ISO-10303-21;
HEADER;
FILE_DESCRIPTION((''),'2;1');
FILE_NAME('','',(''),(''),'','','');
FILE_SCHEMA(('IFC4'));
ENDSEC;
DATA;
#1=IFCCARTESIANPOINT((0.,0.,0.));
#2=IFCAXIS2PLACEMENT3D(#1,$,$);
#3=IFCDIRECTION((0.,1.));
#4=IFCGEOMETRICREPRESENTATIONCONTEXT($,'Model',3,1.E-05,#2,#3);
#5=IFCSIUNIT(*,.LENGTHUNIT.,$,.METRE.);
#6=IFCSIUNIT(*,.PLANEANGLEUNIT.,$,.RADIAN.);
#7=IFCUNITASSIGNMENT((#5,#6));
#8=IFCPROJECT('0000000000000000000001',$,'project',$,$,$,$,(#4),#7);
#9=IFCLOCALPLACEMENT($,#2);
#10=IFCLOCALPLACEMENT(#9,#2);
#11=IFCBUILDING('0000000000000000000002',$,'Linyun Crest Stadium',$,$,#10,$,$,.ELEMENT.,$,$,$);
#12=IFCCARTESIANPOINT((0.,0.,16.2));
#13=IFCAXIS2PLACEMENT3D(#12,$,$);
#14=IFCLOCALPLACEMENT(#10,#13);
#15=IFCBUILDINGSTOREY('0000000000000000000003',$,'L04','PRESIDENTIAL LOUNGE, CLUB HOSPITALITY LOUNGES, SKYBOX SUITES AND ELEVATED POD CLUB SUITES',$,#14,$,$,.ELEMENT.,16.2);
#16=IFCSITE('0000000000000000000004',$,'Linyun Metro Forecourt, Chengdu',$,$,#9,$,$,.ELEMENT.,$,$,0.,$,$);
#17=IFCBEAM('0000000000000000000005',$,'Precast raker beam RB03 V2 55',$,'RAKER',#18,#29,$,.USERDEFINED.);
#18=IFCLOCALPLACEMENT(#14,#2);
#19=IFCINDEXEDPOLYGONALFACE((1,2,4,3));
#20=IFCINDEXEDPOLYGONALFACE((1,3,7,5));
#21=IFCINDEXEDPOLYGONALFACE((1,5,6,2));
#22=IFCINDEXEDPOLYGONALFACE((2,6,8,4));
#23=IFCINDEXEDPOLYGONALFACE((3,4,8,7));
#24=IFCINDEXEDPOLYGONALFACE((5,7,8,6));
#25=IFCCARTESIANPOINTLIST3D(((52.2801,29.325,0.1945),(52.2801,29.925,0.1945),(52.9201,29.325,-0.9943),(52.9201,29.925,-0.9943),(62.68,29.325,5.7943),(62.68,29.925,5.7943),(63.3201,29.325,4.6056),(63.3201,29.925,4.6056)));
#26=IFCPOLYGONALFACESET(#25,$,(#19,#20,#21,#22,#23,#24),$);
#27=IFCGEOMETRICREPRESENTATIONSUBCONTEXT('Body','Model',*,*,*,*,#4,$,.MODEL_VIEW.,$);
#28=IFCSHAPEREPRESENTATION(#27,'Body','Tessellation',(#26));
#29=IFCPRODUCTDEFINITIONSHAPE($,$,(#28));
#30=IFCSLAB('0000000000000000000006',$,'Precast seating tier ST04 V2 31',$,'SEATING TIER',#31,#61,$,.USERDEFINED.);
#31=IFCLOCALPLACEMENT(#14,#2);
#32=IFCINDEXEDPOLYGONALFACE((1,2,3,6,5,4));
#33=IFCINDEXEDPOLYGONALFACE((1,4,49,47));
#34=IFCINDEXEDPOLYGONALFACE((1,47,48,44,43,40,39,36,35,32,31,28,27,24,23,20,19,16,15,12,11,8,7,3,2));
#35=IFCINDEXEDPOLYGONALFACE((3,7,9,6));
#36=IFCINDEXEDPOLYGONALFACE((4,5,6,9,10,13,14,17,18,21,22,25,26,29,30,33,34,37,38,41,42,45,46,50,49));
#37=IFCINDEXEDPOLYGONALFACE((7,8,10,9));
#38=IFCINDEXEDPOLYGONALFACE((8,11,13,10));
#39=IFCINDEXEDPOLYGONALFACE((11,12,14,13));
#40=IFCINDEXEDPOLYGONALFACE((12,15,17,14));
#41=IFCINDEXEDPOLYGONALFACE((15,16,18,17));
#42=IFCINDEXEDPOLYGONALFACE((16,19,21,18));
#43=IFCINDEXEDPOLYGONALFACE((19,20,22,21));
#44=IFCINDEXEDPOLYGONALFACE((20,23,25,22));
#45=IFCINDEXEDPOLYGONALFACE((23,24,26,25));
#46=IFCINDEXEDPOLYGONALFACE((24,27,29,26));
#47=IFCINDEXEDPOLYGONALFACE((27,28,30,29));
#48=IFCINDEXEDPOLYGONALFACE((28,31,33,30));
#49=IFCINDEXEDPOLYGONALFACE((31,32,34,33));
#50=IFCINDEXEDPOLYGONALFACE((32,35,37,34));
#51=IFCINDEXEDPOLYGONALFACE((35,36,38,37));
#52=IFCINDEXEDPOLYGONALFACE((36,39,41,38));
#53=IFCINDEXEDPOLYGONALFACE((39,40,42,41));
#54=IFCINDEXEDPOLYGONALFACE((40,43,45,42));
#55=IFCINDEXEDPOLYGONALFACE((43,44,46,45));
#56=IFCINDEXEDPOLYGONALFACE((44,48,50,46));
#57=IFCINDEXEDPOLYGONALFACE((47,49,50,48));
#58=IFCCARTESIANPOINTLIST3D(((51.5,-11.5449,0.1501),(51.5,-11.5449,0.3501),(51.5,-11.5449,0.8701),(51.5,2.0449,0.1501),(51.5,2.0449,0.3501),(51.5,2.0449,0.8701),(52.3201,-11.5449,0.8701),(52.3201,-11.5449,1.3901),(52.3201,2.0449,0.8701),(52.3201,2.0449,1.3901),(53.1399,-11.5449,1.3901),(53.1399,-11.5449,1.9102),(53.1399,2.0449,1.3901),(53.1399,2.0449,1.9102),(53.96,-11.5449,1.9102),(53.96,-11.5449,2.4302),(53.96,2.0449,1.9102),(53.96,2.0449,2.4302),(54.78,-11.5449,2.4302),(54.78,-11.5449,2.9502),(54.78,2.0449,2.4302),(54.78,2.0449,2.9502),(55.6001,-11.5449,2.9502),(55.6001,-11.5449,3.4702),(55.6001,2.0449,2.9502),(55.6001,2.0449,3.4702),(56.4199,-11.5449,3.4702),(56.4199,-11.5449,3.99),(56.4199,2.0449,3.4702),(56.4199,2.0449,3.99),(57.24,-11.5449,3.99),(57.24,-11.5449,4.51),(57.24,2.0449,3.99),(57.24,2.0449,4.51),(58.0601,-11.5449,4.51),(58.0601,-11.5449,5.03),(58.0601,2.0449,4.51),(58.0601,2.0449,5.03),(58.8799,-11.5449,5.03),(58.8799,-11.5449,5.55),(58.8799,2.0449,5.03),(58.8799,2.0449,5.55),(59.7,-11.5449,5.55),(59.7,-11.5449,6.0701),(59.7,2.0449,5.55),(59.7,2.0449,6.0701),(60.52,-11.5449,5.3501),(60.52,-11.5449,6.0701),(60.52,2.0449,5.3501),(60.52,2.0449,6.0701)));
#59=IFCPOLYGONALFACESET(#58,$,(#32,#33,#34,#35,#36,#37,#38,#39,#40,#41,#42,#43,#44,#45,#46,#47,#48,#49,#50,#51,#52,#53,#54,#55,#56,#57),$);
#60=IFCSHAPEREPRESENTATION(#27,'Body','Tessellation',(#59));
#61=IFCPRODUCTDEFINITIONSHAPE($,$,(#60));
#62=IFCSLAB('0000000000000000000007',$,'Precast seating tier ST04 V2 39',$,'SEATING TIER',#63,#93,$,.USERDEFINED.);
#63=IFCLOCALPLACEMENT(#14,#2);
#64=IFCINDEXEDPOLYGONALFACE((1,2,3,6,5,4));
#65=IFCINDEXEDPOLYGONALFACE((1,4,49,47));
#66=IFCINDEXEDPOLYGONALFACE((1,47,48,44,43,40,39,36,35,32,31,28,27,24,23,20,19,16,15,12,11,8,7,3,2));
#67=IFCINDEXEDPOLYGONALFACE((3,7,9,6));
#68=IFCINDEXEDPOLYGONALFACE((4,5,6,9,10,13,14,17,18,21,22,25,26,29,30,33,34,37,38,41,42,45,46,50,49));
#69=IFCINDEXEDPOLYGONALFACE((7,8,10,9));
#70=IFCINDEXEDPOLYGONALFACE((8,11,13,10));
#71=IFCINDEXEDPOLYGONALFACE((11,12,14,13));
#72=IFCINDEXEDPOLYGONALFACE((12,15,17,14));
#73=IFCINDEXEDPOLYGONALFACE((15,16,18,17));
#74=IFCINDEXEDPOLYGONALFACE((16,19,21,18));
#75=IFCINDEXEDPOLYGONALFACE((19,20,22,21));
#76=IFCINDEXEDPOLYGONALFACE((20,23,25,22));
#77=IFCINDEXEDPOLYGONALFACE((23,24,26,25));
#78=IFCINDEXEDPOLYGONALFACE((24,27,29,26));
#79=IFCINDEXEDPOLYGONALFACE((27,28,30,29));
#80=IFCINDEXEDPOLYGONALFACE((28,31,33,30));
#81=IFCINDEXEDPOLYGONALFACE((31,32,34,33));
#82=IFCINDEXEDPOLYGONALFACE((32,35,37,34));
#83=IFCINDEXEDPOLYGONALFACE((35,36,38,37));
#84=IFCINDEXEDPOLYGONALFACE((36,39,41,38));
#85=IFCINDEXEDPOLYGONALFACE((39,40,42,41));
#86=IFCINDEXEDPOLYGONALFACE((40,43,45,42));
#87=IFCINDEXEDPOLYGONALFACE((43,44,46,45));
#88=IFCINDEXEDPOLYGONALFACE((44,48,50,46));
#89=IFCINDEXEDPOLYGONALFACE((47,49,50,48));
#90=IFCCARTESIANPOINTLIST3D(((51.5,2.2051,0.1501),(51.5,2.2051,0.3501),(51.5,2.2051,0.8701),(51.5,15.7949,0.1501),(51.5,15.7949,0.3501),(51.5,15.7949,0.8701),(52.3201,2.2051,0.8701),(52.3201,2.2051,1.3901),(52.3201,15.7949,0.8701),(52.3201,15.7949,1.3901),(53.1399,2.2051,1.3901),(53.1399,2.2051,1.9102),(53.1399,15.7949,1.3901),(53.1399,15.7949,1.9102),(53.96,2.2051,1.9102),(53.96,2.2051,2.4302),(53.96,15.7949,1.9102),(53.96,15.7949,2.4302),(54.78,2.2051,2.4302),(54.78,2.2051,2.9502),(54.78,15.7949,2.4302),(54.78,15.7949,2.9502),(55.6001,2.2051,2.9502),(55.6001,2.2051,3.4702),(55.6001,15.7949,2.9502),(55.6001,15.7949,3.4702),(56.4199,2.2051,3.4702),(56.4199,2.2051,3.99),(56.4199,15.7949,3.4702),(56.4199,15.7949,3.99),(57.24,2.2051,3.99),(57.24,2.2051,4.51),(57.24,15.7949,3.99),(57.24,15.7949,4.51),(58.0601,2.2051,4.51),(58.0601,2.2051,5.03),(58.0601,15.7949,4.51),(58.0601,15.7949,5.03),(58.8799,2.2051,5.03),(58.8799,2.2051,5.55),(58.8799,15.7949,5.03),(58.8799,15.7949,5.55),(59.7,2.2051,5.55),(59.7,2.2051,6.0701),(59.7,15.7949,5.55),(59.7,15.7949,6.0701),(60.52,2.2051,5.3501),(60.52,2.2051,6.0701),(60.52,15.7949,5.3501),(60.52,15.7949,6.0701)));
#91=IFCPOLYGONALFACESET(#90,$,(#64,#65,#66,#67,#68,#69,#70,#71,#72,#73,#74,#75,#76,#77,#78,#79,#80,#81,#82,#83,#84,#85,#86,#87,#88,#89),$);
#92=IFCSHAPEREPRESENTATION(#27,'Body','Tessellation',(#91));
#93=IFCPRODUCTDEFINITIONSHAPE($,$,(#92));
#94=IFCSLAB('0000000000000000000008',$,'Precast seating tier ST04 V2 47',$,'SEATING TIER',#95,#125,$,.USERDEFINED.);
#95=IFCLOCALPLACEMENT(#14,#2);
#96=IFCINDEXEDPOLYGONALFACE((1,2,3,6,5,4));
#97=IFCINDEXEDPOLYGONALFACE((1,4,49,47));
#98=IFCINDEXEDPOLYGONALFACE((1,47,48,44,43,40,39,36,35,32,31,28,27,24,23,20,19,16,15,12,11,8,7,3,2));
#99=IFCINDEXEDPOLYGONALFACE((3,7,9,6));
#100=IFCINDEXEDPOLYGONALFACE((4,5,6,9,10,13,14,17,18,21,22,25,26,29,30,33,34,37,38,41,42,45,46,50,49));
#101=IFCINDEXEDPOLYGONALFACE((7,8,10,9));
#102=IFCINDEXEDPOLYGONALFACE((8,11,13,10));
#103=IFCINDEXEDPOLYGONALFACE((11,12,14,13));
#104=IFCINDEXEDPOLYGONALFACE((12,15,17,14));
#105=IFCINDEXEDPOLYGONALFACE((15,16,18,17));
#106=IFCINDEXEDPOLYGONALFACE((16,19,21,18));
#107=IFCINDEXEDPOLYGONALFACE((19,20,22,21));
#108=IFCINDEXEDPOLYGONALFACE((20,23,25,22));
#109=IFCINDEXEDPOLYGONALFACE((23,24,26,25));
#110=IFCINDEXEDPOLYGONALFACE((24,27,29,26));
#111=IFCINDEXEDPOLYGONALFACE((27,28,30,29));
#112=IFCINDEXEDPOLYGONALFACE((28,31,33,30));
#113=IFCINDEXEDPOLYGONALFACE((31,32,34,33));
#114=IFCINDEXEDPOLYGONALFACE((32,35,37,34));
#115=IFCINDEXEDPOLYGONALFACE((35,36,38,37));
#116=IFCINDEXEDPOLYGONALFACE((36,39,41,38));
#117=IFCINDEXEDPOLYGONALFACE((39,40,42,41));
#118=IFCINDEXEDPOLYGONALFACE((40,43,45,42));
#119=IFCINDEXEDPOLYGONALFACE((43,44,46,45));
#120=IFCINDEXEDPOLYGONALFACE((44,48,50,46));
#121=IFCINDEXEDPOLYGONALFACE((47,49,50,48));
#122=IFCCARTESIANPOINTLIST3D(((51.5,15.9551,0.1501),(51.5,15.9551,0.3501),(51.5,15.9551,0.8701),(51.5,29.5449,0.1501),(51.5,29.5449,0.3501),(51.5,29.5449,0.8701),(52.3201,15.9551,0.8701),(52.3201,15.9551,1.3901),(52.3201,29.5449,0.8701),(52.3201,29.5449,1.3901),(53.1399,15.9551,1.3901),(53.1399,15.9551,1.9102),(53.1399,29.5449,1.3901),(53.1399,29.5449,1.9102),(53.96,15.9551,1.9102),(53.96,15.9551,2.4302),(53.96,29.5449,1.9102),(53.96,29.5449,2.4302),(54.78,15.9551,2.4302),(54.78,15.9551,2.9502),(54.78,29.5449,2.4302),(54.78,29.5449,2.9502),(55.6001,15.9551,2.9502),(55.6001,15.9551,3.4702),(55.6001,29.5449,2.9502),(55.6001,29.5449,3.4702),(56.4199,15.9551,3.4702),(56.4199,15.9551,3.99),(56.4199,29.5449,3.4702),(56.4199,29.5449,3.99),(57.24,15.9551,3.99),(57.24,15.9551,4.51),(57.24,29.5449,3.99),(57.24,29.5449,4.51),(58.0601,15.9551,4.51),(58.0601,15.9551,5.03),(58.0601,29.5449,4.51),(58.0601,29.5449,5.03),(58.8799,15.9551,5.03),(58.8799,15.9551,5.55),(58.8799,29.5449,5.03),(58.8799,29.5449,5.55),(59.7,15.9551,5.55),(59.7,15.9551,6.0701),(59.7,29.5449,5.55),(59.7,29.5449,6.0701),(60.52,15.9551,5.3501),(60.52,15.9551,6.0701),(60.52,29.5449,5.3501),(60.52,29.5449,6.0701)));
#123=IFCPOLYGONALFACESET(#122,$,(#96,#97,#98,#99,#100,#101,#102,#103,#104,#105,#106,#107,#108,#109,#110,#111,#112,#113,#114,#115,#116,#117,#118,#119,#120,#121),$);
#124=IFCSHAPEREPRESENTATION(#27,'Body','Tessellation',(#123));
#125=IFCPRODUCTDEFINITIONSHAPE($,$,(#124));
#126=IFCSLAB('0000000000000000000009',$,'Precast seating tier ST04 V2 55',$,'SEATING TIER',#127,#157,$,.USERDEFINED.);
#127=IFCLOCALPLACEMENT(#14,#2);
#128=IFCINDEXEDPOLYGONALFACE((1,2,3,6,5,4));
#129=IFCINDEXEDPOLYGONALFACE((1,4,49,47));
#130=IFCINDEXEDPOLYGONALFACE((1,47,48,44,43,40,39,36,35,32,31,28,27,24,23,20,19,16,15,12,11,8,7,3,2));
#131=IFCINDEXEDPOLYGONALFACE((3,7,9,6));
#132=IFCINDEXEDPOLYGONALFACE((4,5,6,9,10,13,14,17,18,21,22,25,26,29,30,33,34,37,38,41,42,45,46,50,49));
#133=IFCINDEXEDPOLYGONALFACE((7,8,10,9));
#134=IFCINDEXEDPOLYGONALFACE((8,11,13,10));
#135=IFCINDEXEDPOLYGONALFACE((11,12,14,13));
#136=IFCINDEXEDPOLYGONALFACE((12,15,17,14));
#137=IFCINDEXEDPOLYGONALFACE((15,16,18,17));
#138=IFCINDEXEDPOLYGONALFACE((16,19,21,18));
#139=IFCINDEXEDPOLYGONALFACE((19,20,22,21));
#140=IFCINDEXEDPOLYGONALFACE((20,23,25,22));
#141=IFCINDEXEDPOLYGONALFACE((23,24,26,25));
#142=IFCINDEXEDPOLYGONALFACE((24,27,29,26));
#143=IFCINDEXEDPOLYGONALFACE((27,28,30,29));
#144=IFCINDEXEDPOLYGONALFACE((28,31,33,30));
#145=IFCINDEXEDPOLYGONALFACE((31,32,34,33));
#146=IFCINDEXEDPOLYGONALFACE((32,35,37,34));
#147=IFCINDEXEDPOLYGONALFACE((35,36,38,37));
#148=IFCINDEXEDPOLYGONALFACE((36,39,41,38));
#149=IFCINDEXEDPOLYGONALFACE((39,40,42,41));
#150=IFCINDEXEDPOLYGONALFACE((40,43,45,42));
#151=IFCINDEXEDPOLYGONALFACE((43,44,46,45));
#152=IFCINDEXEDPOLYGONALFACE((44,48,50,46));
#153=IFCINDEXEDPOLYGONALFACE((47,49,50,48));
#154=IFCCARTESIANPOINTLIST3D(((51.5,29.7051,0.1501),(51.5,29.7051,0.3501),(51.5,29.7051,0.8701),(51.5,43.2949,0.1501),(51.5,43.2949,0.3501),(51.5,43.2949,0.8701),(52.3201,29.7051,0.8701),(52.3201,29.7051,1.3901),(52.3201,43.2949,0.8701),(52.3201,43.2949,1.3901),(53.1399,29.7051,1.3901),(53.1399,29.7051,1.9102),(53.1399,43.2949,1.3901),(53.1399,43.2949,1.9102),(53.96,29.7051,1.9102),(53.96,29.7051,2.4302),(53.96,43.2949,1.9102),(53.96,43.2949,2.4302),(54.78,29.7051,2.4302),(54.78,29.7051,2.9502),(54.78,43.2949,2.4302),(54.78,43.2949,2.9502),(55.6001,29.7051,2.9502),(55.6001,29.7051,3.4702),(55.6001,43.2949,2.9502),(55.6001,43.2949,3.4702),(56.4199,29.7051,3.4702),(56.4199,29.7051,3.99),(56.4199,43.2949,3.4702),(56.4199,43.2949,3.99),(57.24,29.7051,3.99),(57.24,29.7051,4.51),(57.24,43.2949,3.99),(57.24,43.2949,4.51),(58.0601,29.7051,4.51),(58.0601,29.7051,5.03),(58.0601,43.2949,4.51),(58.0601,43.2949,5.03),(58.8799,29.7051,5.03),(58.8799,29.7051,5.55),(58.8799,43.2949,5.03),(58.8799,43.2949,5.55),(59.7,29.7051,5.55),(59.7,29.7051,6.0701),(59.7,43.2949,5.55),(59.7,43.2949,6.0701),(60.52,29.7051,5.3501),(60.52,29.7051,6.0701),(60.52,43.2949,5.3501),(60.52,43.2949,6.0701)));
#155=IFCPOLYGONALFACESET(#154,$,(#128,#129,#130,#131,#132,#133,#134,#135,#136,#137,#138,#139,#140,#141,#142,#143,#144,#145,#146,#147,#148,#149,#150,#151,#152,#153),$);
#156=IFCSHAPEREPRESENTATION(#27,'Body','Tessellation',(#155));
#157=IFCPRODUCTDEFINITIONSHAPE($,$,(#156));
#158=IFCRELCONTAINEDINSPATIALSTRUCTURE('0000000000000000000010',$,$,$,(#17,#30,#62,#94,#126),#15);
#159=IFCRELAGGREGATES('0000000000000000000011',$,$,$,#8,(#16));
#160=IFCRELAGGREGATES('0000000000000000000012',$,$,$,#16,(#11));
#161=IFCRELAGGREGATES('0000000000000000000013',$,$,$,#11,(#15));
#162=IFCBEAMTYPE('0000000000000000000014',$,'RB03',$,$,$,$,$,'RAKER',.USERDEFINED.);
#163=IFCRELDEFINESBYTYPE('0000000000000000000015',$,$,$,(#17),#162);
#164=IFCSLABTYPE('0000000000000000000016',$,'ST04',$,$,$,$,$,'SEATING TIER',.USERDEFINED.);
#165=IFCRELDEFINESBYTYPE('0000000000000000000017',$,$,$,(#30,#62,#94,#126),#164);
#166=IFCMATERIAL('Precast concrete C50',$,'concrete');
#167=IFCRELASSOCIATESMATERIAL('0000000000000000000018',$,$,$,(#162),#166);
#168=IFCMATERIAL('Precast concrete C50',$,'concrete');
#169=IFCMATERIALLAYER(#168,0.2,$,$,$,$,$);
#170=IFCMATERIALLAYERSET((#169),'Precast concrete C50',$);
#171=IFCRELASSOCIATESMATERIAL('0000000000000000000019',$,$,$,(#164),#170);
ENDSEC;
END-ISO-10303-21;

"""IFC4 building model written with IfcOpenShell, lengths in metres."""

from ifc_helpers import new_model, si_unit, direction, frame, origin, origin_2d, place, context, subcontext, project, spatial, polyline, rectangle, outline, extrude, material, layer, layer_set, material_profile, profile_set, type_object, element, save


model = new_model("IFC4")

# Units and contexts
model_context = context("Model", 3, precision=1e-05, world=origin(), true_north=direction((0.0, 1.0)))
body_context = subcontext(model_context, "Body", "Model", "MODEL_VIEW")
ifc_project = project(units=[si_unit("LENGTHUNIT", "METRE"), si_unit("PLANEANGLEUNIT", "RADIAN")], contexts=[model_context])

# Site, building, storey
site_placement = place(None, origin())
site = spatial("IfcSite", under=ifc_project, at=site_placement, Name="Linyun Metro Forecourt, Chengdu", CompositionType="ELEMENT", RefElevation=0.0)
building_placement = place(site_placement, origin())
building = spatial("IfcBuilding", under=site, at=building_placement, Name="Linyun Crest Stadium", CompositionType="ELEMENT")
storey_placement = place(building_placement, frame((0.0, 0.0, 16.2)))
storey = spatial("IfcBuildingStorey", under=building, at=storey_placement, Name="L04", Description="PRESIDENTIAL LOUNGE, CLUB HOSPITALITY LOUNGES, SKYBOX SUITES AND ELEVATED POD CLUB SUITES", CompositionType="ELEMENT", Elevation=16.2)

# Beam
ifc_material_1 = material(Name="Precast concrete C50", Category="concrete")
ifc_material_profile_1 = material_profile(ifc_material_1, rectangle(XDim=0.6001, YDim=1.3501, at=origin_2d()), Name="PCR 1350x600")
ifc_profile_set_1 = profile_set([ifc_material_profile_1], Name="Precast concrete C50")
beam_type_1 = type_object("IfcBeamType", Name="RB03", ElementType="RAKER", PredefinedType="USERDEFINED", material=ifc_profile_set_1)
for number, where, z_axis, x_axis, name in (
    (1, (52.6001, 29.625, -0.3999), (0.880474, 0.0, 0.474094), (0.0, 1.0, 0.0), "Precast raker beam RB03 V2 55"),
):
    element("IfcBeam", number, at=place(storey_placement, frame(where, z_axis=z_axis, x_axis=x_axis)), inside=storey, type_object=beam_type_1, Name=name, ObjectType="RAKER", PredefinedType="USERDEFINED", context=body_context, shape_type="SweptSolid", body=[
        extrude(rectangle(XDim=0.6001, YDim=1.3501, at=origin_2d()), origin(), (0.0, 0.0, 1.0), 11.8118),
    ])

# Slabs
ifc_material_2 = material(Name="Precast concrete C50", Category="concrete")
ifc_layer_1 = layer(ifc_material_2, 0.2)
ifc_layer_set_1 = layer_set([ifc_layer_1], Name="Precast concrete C50")
slab_type = type_object("IfcSlabType", Name="ST04", ElementType="SEATING TIER", PredefinedType="USERDEFINED", material=ifc_layer_set_1)
for number, where, z_axis, x_axis, name in (
    (2, (51.5, -11.5449, 0.3501), (0.0, 0.0, 1.0), (1.0, 0.0, 0.0), "Precast seating tier ST04 V2 31"),
    (3, (51.5, 2.2051, 0.3501), (0.0, 0.0, 1.0), (1.0, 0.0, 0.0), "Precast seating tier ST04 V2 39"),
    (4, (51.5, 15.9551, 0.3501), (0.0, 0.0, 1.0), (1.0, 0.0, 0.0), "Precast seating tier ST04 V2 47"),
    (5, (51.5, 29.7051, 0.3501), (0.0, 0.0, 1.0), (1.0, 0.0, 0.0), "Precast seating tier ST04 V2 55"),
):
    element("IfcSlab", number, at=place(storey_placement, frame(where, z_axis=z_axis, x_axis=x_axis)), inside=storey, type_object=slab_type, Name=name, ObjectType="SEATING TIER", PredefinedType="USERDEFINED", context=body_context, shape_type="SweptSolid", body=[
        extrude(outline(polyline([(0.0, 0.0), (0.0, -0.52), (0.8201, -0.52), (0.8201, -1.04), (1.6399, -1.04), (1.6399, -1.5601), (2.46, -1.5601), (2.46, -2.0801), (3.28, -2.0801), (3.28, -2.6001), (4.1001, -2.6001), (4.1001, -3.1201), (4.9199, -3.1201), (4.9199, -3.6399), (5.74, -3.6399), (5.74, -4.1599), (6.5601, -4.1599), (6.5601, -4.6799), (7.3799, -4.6799), (7.3799, -5.2), (8.2, -5.2), (8.2, -5.72), (9.02, -5.72), (9.02, -5.0), (0.0, 0.2), (0.0, 0.0)])), frame((0.0, 0.0, 0.0), z_axis=(0.0, 1.0, 0.0), x_axis=(1.0, 0.0, 0.0)), (0.0, 0.0, 1.0), 13.5898),
    ])

save(model, "model.ifc")
